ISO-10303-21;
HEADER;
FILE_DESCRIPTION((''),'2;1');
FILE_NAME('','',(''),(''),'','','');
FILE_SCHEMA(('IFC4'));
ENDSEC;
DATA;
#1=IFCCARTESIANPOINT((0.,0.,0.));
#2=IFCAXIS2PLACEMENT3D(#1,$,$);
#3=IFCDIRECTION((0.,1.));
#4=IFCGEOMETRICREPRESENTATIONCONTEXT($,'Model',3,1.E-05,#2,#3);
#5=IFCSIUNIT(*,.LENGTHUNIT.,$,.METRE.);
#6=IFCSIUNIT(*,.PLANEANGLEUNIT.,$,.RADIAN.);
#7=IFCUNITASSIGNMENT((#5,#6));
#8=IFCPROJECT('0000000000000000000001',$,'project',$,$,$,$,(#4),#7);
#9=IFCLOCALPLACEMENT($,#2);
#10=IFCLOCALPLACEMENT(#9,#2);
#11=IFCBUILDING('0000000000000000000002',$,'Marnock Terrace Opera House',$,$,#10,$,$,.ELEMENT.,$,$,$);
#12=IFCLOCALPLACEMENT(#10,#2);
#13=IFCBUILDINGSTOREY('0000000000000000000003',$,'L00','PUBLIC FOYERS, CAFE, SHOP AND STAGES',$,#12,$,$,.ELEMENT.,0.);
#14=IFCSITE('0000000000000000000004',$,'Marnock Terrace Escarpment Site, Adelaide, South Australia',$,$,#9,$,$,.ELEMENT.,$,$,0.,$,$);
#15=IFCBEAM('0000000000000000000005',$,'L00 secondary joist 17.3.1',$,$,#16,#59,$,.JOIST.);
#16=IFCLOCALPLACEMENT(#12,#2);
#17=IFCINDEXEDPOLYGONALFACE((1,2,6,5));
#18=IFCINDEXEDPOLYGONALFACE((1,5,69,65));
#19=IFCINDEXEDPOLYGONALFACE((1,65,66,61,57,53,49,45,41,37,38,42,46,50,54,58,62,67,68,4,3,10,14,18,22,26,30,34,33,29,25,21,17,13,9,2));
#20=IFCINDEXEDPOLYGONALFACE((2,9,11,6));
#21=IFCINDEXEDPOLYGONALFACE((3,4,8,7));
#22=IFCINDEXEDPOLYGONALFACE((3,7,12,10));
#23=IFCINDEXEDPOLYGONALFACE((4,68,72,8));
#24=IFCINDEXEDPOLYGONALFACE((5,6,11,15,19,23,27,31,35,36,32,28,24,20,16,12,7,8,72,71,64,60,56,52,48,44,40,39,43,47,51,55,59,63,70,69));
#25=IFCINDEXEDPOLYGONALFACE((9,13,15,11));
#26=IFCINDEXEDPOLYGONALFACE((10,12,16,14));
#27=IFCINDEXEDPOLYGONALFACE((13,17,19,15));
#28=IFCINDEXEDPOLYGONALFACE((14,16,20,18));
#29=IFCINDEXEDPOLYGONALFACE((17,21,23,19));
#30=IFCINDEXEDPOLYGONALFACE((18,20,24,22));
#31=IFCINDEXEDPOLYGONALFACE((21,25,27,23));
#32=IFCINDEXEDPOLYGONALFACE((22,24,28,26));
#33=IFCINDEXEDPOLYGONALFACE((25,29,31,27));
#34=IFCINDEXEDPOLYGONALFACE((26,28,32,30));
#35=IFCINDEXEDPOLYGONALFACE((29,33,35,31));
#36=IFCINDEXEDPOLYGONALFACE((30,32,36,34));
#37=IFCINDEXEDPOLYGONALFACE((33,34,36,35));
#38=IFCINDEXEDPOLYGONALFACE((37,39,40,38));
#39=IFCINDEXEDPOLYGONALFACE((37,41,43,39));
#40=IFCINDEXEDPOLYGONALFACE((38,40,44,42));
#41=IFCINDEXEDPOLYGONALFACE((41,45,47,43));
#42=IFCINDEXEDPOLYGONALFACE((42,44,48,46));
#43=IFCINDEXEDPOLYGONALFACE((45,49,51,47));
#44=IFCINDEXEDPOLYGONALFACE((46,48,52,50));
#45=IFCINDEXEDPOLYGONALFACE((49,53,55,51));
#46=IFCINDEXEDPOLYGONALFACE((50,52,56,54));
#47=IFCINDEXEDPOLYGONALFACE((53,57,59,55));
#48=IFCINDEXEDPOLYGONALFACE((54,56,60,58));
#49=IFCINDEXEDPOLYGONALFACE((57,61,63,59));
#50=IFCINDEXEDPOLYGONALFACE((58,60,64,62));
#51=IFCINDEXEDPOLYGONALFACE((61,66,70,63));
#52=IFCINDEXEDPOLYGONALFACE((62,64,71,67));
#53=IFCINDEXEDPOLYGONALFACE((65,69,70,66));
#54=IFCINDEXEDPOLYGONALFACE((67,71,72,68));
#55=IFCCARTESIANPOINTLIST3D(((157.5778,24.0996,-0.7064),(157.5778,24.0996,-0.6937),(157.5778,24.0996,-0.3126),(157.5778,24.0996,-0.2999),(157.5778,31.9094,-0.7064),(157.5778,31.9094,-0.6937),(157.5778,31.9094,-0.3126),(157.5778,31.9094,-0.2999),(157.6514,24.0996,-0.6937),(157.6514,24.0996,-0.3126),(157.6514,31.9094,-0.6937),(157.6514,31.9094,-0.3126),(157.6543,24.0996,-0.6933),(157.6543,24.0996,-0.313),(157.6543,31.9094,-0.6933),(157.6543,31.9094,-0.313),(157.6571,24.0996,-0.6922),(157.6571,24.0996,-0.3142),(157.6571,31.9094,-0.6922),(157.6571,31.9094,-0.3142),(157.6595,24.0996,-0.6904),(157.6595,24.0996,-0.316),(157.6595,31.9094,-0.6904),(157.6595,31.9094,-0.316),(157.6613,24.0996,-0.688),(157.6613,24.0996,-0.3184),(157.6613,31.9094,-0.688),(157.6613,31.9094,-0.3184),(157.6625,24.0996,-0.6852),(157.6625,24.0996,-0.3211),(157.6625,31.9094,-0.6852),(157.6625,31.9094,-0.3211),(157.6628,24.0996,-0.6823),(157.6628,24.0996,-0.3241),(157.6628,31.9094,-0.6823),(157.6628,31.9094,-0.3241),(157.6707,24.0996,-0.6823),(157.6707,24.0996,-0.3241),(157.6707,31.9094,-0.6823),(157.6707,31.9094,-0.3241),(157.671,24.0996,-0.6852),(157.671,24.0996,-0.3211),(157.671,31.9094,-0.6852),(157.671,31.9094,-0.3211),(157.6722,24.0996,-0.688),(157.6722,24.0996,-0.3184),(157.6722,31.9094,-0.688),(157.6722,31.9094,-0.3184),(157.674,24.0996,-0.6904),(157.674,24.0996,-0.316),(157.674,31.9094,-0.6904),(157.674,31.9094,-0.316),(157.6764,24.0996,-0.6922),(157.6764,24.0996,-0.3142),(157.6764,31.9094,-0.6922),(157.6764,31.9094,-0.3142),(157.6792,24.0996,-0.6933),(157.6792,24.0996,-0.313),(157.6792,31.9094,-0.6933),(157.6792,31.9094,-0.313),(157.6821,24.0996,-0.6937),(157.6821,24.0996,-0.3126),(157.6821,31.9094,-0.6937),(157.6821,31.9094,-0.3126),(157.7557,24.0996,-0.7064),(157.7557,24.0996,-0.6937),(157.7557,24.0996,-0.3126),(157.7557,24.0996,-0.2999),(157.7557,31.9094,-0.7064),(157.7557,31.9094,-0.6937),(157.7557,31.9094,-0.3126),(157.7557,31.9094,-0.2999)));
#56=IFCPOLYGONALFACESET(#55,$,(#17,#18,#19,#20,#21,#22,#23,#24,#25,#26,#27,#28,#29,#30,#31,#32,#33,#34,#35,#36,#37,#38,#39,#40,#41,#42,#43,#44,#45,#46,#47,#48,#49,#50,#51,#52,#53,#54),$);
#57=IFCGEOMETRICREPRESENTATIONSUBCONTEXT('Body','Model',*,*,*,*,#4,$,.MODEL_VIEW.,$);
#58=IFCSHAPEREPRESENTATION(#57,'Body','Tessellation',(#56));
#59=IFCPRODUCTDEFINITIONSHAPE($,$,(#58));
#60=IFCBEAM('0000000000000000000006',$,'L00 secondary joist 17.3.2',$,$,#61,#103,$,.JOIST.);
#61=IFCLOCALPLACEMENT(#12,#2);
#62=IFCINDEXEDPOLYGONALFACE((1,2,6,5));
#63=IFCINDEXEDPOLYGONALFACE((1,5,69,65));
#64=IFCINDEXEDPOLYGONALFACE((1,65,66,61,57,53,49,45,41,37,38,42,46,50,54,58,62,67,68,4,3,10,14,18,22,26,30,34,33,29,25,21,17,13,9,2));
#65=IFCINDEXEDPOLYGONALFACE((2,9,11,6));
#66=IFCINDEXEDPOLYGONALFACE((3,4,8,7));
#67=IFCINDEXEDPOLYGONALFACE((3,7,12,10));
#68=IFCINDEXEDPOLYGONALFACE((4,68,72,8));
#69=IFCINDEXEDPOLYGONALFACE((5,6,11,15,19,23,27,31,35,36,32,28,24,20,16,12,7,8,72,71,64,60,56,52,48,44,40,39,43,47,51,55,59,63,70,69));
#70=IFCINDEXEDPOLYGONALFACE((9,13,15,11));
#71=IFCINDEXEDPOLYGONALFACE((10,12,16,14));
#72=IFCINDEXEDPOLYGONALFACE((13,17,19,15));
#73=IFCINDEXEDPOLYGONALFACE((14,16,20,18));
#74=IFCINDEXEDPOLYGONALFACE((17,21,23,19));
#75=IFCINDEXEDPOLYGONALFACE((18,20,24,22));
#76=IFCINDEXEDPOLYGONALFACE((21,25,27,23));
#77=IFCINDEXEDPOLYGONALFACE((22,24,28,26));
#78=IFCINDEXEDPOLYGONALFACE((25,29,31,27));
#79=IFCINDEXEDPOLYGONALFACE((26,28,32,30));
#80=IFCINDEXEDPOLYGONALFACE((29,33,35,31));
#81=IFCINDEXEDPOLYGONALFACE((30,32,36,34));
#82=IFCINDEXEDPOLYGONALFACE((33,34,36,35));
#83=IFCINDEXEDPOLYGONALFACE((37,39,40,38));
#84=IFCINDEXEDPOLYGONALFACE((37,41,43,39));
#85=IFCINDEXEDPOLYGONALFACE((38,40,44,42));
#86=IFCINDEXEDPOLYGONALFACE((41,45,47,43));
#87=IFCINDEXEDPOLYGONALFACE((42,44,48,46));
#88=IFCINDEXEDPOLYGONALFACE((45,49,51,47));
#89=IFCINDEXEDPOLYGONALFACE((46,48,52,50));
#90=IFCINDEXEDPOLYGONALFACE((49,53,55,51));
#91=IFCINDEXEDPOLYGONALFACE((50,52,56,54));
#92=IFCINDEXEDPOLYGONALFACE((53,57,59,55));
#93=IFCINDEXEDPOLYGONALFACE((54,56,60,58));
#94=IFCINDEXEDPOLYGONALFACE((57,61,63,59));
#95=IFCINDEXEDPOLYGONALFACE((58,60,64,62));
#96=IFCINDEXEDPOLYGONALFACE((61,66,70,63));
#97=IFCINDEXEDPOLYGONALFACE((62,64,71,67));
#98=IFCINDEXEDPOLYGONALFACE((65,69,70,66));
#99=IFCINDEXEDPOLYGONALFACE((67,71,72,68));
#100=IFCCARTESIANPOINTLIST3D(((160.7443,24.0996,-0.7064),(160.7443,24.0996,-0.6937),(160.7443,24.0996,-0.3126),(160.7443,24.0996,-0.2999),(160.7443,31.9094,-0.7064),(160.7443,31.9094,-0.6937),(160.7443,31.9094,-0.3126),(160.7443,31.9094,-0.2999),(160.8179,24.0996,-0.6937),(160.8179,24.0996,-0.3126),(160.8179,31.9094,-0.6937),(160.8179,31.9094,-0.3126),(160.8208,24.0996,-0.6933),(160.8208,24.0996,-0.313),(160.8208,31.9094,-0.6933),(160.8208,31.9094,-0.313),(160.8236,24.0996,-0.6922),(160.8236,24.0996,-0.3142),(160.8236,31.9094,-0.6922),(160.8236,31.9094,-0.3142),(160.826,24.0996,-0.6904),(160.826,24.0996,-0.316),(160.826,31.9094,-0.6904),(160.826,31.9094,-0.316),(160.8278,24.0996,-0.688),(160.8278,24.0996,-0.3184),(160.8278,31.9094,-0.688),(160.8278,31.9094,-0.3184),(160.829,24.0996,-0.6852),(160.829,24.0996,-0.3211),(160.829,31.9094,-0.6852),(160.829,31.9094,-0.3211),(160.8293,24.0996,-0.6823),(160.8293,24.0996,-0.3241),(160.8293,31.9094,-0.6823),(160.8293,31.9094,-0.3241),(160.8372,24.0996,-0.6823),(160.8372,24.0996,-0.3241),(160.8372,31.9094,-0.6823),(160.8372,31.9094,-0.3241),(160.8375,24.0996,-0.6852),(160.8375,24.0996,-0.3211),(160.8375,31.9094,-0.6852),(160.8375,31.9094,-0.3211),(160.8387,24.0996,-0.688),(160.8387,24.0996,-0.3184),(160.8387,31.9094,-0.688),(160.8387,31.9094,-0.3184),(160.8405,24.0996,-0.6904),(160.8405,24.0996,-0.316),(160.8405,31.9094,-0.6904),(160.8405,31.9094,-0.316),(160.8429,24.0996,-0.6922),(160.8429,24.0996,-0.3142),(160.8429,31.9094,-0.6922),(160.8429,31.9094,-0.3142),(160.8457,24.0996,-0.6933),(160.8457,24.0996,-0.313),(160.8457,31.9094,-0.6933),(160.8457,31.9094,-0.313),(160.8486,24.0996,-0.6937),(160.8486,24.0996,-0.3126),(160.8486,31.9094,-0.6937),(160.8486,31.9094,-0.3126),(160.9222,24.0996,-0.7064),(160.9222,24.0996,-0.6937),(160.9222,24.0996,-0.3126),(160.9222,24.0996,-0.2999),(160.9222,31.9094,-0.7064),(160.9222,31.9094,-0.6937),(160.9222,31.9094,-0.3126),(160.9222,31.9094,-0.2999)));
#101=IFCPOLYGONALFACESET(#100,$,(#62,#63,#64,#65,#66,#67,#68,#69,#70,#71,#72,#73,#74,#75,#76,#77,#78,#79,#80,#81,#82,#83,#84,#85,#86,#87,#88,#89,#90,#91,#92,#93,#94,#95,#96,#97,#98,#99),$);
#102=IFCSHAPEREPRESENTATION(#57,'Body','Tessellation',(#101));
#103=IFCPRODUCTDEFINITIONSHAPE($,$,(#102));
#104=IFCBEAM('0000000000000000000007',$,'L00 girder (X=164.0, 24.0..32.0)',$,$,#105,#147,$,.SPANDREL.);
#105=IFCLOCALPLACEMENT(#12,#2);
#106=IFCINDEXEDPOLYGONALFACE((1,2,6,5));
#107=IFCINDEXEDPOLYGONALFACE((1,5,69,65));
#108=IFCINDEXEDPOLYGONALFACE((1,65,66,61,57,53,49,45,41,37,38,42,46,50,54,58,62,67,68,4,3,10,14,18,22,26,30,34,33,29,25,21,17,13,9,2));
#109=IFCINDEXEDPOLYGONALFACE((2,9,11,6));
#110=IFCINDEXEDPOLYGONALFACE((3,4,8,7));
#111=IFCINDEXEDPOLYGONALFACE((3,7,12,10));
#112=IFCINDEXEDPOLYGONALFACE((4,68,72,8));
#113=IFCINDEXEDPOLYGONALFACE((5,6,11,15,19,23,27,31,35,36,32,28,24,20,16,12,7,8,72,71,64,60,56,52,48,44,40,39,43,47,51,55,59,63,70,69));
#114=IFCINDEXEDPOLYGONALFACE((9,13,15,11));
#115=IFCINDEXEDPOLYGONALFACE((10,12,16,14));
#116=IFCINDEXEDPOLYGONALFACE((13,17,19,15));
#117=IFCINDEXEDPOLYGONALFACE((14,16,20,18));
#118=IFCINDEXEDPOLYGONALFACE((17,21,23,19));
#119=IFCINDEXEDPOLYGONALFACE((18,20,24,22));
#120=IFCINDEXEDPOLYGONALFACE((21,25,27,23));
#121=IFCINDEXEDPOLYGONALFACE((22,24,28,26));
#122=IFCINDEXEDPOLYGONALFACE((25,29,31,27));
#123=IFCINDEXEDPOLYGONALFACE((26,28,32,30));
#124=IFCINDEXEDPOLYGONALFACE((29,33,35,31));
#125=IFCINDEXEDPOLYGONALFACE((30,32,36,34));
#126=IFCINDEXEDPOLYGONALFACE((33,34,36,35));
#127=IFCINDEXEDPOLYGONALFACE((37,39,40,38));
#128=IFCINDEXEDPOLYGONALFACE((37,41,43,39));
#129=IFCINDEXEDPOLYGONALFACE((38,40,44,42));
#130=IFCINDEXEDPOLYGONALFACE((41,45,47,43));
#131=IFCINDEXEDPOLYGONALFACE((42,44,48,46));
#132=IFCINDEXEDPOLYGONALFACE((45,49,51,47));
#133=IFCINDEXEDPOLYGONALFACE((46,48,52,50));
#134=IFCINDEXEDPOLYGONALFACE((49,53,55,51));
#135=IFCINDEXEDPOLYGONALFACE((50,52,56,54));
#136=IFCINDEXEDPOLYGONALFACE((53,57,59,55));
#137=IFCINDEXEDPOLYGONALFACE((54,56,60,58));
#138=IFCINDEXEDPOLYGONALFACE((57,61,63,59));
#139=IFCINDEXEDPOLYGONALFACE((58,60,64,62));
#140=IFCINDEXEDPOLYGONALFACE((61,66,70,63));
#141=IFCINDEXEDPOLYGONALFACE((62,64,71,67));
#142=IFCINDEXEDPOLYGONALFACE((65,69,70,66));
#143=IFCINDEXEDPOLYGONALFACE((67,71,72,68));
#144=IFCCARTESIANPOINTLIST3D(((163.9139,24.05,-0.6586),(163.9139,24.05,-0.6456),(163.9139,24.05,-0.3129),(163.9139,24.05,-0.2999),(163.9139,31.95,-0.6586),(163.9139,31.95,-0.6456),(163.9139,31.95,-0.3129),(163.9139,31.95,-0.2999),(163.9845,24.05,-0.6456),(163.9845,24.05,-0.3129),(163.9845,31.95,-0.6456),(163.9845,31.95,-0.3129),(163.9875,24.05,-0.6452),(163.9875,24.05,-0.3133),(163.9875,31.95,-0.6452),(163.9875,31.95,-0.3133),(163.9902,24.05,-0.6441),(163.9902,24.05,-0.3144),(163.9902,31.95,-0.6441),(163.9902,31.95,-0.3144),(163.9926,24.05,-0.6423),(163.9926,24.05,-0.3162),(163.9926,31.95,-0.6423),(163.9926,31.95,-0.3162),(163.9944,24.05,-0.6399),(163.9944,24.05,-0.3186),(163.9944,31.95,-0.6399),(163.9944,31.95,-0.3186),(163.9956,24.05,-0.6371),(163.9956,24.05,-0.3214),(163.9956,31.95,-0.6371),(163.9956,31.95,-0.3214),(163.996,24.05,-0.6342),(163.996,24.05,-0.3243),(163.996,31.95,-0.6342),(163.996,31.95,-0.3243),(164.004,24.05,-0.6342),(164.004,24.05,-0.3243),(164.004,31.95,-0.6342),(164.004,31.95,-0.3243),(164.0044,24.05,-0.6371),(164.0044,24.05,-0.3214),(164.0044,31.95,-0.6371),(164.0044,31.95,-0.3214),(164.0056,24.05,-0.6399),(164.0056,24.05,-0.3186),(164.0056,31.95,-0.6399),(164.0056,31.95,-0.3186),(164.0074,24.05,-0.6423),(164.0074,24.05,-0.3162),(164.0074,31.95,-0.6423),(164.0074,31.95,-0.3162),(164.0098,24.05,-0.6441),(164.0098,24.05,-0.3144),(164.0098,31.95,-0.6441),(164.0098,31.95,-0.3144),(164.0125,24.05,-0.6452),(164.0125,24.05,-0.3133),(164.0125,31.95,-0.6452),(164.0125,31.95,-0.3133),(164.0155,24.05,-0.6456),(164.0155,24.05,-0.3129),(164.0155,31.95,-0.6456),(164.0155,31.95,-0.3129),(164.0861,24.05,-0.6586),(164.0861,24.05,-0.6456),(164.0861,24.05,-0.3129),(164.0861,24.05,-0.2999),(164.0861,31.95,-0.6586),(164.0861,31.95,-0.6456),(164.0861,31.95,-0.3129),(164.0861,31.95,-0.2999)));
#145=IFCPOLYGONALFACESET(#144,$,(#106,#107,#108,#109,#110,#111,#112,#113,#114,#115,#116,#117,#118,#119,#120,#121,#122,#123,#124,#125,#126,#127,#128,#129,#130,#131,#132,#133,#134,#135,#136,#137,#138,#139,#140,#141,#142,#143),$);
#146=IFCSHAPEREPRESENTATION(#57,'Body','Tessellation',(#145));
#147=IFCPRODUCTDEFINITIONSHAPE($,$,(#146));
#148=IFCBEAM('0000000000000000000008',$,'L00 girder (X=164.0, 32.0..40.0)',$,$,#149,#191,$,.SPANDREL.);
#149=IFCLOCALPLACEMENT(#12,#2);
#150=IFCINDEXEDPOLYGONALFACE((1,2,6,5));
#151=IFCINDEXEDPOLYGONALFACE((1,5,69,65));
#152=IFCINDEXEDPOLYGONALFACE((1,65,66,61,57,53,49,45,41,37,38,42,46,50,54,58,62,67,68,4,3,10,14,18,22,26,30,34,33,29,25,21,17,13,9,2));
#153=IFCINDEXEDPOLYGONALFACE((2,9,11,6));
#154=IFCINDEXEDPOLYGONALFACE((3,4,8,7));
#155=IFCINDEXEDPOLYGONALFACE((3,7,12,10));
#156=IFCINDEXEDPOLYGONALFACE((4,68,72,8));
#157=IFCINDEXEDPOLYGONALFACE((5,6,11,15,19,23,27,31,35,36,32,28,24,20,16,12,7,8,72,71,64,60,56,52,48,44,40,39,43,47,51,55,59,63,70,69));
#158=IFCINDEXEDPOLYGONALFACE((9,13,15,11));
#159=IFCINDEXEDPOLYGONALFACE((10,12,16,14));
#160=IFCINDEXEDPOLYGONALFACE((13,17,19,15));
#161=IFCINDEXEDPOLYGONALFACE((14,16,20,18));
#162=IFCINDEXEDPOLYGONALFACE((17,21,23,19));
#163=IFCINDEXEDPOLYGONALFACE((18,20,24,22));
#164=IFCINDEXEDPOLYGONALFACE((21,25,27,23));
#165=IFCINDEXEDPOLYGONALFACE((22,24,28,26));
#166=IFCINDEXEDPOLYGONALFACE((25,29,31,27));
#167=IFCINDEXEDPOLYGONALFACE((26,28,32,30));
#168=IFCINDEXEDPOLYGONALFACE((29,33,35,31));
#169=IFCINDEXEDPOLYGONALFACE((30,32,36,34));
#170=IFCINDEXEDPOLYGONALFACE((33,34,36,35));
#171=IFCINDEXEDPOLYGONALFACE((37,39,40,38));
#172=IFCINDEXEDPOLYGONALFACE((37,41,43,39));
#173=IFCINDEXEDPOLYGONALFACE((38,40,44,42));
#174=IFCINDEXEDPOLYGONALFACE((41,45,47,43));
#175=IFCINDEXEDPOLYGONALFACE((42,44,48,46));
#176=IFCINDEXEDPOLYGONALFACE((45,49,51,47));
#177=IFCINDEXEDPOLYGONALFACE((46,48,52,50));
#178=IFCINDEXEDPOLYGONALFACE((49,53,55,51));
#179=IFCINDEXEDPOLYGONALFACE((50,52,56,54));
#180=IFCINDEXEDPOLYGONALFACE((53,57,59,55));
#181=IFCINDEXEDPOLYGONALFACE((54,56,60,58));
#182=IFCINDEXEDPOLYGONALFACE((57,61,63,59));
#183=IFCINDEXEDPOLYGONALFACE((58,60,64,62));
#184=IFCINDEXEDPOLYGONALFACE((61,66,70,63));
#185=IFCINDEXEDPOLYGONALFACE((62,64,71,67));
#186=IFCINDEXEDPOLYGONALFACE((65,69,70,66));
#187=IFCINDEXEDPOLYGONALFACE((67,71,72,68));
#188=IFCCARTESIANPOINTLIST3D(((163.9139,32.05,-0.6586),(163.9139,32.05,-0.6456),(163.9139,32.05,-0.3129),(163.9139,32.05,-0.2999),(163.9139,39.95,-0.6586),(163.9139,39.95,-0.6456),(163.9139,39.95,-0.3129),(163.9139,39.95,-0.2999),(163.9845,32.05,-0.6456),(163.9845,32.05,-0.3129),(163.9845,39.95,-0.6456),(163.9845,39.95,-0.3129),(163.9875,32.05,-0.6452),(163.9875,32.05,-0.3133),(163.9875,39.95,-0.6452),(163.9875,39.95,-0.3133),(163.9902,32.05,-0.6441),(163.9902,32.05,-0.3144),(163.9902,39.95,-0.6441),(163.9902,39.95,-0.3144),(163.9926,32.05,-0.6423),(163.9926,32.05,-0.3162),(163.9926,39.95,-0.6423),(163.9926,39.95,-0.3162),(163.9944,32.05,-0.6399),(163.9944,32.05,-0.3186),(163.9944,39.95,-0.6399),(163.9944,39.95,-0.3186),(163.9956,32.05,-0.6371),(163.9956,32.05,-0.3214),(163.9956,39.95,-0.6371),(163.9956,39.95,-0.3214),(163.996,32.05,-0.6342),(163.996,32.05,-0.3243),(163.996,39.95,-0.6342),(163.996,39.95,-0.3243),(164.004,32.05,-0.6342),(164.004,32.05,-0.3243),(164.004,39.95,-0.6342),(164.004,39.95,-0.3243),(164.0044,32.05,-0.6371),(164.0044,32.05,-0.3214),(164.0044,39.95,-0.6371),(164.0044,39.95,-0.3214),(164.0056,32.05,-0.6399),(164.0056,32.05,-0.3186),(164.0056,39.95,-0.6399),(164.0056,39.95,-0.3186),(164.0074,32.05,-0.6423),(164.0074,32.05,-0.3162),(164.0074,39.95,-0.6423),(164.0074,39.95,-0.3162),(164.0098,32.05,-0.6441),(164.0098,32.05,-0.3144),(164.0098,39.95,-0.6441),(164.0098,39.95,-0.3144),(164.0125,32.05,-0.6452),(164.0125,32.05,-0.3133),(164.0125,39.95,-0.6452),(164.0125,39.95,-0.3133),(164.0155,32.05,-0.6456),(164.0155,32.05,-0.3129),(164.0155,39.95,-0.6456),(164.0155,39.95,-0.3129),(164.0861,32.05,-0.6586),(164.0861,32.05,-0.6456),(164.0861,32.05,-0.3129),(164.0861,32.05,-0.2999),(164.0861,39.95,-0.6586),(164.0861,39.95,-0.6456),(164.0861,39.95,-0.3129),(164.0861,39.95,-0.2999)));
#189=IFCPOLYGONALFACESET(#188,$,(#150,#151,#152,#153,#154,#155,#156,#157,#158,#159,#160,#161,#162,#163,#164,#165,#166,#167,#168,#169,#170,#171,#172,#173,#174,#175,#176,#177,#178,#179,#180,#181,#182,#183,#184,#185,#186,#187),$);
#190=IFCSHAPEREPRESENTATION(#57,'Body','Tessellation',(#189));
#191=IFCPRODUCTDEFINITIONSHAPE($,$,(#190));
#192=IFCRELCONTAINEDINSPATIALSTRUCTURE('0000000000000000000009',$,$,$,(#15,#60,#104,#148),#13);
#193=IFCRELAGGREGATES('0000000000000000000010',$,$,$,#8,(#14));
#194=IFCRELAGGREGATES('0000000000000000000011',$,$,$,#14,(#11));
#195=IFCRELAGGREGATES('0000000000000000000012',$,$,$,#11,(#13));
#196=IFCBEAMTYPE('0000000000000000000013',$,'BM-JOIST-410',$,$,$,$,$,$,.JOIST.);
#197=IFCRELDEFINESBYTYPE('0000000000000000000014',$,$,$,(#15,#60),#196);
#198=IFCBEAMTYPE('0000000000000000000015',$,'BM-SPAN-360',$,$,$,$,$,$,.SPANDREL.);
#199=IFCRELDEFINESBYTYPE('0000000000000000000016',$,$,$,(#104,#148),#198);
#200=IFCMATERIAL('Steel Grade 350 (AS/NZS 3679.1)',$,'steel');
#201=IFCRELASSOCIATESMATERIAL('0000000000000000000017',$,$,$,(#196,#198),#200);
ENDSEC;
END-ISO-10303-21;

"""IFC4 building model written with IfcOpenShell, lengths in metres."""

from ifc_helpers import new_model, si_unit, direction, frame, origin, origin_2d, place, context, subcontext, project, spatial, i_section, extrude, material, material_profile, profile_set, type_object, element, save


model = new_model("IFC4")

# Units and contexts
model_context = context("Model", 3, precision=1e-05, world=origin(), true_north=direction((0.0, 1.0)))
body_context = subcontext(model_context, "Body", "Model", "MODEL_VIEW")
ifc_project = project(units=[si_unit("LENGTHUNIT", "METRE"), si_unit("PLANEANGLEUNIT", "RADIAN")], contexts=[model_context])

# Site, building, storey
site_placement = place(None, origin())
site = spatial("IfcSite", under=ifc_project, at=site_placement, Name="Marnock Terrace Escarpment Site, Adelaide, South Australia", CompositionType="ELEMENT", RefElevation=0.0)
building_placement = place(site_placement, origin())
building = spatial("IfcBuilding", under=site, at=building_placement, Name="Marnock Terrace Opera House", CompositionType="ELEMENT")
storey_placement = place(building_placement, origin())
storey = spatial("IfcBuildingStorey", under=building, at=storey_placement, Name="L00", Description="PUBLIC FOYERS, CAFE, SHOP AND STAGES", CompositionType="ELEMENT", Elevation=0.0)

# Shared definitions
ifc_material_1 = material(Name="Steel Grade 350 (AS/NZS 3679.1)", Category="steel")

# Beams
ifc_material_profile_1 = material_profile(ifc_material_1, i_section(OverallWidth=0.178, OverallDepth=0.4065, WebThickness=0.0078, FlangeThickness=0.0127, FilletRadius=0.0115, at=origin_2d()))
ifc_profile_set_1 = profile_set([ifc_material_profile_1], Name="Steel Grade 350 (AS/NZS 3679.1)")
beam_type_1 = type_object("IfcBeamType", Name="BM-JOIST-410", PredefinedType="JOIST", material=ifc_profile_set_1)
for number, where, z_axis, x_axis, name in (
    (1, (157.6667, 24.0996, -0.5032), (0.0, 1.0, 0.0), (-1.0, 0.0, 0.0), "L00 secondary joist 17.3.1"),
    (2, (160.8333, 24.0996, -0.5032), (0.0, 1.0, 0.0), (-1.0, 0.0, 0.0), "L00 secondary joist 17.3.2"),
):
    element("IfcBeam", number, at=place(storey_placement, frame(where, z_axis=z_axis, x_axis=x_axis)), inside=storey, type_object=beam_type_1, Name=name, PredefinedType="JOIST", context=body_context, shape_type="SweptSolid", body=[
        extrude(i_section(OverallWidth=0.178, OverallDepth=0.4065, WebThickness=0.0078, FlangeThickness=0.0127, FilletRadius=0.0115, at=origin_2d()), origin(), (0.0, 0.0, 1.0), 7.8098),
    ])
ifc_material_profile_2 = material_profile(ifc_material_1, i_section(OverallWidth=0.1721, OverallDepth=0.3586, WebThickness=0.0081, FlangeThickness=0.0129, FilletRadius=0.0115, at=origin_2d()))
ifc_profile_set_2 = profile_set([ifc_material_profile_2], Name="Steel Grade 350 (AS/NZS 3679.1)")
beam_type_2 = type_object("IfcBeamType", Name="BM-SPAN-360", PredefinedType="SPANDREL", material=ifc_profile_set_2)
for number, where, z_axis, x_axis, name in (
    (3, (164.0, 24.05, -0.4792), (0.0, 1.0, 0.0), (-1.0, 0.0, 0.0), "L00 girder (X=164.0, 24.0..32.0)"),
    (4, (164.0, 32.05, -0.4792), (0.0, 1.0, 0.0), (-1.0, 0.0, 0.0), "L00 girder (X=164.0, 32.0..40.0)"),
):
    element("IfcBeam", number, at=place(storey_placement, frame(where, z_axis=z_axis, x_axis=x_axis)), inside=storey, type_object=beam_type_2, Name=name, PredefinedType="SPANDREL", context=body_context, shape_type="SweptSolid", body=[
        extrude(i_section(OverallWidth=0.1721, OverallDepth=0.3586, WebThickness=0.0081, FlangeThickness=0.0129, FilletRadius=0.0115, at=origin_2d()), origin(), (0.0, 0.0, 1.0), 7.8999),
    ])

save(model, "model.ifc")
